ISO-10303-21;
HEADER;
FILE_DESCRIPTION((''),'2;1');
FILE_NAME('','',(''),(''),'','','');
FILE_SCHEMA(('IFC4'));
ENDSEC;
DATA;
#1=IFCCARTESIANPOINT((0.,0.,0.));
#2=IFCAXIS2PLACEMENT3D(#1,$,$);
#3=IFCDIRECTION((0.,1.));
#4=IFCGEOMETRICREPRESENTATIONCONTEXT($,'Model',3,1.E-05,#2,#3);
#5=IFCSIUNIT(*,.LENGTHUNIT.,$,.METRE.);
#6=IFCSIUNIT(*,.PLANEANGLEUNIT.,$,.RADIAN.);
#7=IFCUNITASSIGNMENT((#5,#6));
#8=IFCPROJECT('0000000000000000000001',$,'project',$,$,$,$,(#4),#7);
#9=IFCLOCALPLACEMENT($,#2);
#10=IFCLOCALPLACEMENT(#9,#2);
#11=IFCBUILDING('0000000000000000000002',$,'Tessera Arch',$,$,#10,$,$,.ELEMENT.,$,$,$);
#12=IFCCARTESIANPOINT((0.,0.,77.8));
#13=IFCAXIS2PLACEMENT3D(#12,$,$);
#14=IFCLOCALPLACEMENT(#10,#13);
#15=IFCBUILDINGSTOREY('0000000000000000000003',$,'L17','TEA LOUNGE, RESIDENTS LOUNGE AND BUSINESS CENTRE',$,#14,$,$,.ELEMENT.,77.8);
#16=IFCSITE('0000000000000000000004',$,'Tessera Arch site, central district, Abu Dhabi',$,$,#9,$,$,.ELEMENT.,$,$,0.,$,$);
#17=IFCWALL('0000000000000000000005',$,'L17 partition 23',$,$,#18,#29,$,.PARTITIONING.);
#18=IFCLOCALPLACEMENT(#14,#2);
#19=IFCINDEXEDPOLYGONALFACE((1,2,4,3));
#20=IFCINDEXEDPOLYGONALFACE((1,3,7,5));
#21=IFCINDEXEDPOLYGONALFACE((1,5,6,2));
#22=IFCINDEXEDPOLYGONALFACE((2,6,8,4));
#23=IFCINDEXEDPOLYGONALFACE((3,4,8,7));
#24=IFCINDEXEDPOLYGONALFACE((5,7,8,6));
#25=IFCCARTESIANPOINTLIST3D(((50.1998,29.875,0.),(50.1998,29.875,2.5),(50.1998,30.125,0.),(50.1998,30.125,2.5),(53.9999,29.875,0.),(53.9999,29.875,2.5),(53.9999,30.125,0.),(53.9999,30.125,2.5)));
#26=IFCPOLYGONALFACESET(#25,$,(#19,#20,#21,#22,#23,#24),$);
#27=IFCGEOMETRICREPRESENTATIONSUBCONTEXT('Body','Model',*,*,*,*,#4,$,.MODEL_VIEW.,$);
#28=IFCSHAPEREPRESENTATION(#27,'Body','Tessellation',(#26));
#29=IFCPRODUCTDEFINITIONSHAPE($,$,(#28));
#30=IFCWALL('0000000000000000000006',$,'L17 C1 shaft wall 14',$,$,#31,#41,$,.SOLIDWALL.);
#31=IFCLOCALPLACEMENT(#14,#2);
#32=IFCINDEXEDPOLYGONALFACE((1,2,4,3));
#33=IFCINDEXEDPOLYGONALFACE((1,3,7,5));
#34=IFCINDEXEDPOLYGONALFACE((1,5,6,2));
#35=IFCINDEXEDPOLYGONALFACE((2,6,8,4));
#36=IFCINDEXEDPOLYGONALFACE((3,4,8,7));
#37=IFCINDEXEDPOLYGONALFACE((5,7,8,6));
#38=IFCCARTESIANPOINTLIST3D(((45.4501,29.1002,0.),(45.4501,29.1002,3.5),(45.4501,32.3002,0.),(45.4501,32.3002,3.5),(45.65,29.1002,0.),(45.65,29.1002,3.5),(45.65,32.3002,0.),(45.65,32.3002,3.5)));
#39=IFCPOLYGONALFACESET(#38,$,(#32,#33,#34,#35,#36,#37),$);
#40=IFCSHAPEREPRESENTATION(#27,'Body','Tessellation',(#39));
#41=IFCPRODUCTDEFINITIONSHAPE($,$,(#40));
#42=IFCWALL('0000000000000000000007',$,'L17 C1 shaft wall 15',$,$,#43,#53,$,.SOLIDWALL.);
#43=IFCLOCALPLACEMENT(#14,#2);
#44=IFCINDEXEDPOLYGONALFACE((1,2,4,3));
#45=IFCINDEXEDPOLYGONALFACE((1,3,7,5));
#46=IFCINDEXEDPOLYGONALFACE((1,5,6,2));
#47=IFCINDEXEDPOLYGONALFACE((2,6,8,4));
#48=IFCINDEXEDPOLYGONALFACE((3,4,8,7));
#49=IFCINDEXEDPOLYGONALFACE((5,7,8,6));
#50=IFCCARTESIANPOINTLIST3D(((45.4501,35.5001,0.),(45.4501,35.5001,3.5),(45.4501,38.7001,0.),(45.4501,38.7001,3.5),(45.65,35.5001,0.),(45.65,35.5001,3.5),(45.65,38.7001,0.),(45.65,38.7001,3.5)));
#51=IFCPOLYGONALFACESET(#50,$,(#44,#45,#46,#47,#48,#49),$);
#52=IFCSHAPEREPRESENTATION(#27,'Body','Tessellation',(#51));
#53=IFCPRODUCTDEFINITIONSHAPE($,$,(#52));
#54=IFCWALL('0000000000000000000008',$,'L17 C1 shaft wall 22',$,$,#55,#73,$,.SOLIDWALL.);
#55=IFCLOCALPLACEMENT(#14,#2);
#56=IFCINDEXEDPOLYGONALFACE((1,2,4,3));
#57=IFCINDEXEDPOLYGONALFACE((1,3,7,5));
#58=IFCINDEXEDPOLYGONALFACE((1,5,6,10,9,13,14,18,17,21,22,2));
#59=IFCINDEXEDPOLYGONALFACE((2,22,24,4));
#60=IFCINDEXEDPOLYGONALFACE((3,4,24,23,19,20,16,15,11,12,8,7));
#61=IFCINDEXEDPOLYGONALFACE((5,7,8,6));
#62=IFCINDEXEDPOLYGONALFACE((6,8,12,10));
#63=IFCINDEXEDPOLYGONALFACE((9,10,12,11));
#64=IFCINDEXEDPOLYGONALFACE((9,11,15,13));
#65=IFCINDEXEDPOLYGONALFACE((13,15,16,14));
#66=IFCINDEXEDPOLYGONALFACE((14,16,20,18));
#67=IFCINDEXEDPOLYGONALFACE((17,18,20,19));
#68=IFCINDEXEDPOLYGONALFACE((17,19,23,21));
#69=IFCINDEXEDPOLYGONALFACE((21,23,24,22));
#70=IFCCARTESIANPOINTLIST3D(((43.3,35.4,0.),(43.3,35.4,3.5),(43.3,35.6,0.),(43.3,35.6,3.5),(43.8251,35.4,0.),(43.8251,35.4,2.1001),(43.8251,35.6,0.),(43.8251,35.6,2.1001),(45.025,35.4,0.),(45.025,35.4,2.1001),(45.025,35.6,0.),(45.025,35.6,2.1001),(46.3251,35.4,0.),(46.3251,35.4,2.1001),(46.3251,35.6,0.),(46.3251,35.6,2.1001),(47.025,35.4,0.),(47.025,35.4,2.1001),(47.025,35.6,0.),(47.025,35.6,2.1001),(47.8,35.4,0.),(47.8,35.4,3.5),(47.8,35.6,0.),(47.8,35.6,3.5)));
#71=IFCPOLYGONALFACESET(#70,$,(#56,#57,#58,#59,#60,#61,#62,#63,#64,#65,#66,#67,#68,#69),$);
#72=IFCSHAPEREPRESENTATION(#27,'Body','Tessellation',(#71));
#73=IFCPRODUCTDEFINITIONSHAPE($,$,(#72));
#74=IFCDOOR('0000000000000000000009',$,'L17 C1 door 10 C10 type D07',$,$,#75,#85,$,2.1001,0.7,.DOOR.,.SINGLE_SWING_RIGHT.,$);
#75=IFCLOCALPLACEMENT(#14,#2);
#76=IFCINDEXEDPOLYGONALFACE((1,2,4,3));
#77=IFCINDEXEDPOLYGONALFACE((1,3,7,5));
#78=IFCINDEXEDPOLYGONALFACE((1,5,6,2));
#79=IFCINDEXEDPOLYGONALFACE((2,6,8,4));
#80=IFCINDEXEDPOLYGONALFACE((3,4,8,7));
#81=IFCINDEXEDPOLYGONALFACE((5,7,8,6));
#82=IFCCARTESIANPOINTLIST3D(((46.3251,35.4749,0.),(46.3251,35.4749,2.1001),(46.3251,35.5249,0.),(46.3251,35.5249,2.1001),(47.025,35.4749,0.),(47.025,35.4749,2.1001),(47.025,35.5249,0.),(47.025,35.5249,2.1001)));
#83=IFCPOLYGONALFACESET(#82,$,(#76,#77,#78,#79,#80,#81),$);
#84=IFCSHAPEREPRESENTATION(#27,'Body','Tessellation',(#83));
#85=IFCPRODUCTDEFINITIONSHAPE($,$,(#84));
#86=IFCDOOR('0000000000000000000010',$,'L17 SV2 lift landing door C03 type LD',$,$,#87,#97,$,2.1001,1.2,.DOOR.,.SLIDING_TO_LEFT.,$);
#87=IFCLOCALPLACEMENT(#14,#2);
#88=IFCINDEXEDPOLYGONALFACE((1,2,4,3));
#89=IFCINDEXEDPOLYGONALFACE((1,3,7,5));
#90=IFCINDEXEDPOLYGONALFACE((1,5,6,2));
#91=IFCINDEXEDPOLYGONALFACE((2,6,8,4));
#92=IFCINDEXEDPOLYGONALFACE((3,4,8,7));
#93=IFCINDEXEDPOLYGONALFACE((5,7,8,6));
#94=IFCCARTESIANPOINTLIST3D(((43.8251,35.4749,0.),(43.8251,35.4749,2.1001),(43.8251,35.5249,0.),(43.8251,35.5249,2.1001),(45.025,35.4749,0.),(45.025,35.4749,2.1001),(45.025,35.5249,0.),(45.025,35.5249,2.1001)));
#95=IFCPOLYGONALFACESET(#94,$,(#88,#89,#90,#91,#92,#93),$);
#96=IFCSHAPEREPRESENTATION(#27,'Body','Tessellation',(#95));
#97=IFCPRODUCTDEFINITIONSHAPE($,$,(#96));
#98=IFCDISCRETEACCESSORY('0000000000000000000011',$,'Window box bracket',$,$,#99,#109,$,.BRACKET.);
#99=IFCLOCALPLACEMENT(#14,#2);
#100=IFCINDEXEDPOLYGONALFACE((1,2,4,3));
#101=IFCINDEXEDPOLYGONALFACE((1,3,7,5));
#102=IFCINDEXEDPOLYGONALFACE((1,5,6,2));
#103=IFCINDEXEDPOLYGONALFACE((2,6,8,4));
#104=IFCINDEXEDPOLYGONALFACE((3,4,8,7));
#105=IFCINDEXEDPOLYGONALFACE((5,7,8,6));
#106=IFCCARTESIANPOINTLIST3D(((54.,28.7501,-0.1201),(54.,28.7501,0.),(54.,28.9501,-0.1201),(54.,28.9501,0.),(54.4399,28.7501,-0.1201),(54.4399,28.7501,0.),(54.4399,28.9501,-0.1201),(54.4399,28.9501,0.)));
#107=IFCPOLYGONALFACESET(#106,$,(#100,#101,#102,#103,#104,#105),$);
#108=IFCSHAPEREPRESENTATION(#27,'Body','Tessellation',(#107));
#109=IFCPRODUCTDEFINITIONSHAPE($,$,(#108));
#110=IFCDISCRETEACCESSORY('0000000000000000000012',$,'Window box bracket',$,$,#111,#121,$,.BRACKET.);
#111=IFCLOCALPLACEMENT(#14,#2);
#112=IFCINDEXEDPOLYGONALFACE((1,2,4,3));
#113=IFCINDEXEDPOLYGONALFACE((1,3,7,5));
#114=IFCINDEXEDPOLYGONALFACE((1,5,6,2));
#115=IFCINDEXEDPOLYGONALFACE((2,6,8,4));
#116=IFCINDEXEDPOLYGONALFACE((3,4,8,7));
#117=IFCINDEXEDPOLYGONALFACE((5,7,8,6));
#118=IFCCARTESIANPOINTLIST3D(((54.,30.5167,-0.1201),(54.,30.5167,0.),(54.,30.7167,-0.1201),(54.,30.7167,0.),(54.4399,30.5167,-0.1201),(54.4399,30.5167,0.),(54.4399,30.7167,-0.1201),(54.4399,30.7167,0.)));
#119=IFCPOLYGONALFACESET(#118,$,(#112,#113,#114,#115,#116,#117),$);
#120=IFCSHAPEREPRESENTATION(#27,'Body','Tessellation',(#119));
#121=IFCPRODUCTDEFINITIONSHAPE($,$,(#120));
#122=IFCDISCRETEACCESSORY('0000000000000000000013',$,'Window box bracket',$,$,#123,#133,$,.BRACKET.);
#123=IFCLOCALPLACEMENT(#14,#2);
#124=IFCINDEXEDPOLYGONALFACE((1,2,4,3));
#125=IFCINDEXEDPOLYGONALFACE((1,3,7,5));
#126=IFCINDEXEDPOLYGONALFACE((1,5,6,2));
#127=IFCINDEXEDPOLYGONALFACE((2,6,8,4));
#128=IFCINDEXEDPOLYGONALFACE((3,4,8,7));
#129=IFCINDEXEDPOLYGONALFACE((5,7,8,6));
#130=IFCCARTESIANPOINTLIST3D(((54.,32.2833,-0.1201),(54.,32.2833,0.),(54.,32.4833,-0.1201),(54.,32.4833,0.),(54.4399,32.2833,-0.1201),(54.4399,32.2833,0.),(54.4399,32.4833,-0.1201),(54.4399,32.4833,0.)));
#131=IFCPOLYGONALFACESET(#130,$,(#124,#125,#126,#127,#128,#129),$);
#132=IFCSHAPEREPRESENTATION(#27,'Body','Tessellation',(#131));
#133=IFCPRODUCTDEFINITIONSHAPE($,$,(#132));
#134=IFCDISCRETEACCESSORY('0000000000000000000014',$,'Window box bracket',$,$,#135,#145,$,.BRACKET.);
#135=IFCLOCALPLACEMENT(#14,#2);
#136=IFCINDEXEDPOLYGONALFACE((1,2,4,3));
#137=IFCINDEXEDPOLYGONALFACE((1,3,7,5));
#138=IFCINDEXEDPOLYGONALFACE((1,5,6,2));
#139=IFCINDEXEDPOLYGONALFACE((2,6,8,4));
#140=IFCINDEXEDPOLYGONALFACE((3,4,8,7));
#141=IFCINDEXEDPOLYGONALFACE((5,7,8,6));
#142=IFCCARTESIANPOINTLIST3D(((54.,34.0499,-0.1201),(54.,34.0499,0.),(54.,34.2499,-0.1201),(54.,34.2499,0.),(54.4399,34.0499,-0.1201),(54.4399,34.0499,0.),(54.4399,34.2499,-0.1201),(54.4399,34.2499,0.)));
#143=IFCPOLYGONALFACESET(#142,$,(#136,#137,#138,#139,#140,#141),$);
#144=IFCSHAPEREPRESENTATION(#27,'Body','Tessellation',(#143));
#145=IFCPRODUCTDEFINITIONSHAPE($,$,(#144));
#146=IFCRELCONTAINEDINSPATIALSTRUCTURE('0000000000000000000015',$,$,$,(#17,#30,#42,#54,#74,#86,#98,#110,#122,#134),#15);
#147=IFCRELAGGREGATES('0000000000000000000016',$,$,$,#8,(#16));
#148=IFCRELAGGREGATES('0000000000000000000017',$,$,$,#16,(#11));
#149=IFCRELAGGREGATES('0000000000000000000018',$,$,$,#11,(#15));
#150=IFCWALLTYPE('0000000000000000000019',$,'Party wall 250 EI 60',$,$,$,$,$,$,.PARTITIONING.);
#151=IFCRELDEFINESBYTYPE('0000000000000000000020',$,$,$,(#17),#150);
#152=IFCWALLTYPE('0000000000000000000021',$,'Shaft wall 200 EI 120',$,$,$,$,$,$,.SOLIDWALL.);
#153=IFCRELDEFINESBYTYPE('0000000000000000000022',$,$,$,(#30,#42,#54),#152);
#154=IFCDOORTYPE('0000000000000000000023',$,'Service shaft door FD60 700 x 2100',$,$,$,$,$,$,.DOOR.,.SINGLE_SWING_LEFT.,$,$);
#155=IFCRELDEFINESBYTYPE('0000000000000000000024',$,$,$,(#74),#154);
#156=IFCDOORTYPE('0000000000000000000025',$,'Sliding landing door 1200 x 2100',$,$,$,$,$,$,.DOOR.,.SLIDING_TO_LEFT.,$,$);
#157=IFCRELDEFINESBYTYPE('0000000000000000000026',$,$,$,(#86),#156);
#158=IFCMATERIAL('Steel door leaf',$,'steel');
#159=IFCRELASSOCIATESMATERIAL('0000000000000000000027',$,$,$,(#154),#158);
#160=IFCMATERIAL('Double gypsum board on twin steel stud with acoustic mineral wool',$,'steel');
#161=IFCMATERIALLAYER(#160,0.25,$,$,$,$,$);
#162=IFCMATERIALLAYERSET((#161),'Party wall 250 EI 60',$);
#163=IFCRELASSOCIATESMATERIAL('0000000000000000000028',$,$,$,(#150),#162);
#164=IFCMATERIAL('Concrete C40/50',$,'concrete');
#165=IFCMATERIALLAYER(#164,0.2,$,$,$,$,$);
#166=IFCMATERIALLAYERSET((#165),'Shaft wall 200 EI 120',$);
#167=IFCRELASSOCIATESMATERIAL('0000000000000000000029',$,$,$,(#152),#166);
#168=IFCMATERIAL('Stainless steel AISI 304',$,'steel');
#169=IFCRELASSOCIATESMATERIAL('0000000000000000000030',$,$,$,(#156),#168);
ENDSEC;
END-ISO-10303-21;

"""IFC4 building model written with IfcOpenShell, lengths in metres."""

from ifc_helpers import new_model, si_unit, direction, frame, frame_2d, origin, origin_2d, place, context, subcontext, project, spatial, rectangle, extrude, material, layer, layer_set, type_object, element, fill, save


model = new_model("IFC4")

# Units and contexts
model_context = context("Model", 3, precision=1e-05, world=origin(), true_north=direction((0.0, 1.0)))
body_context = subcontext(model_context, "Body", "Model", "MODEL_VIEW")
ifc_project = project(units=[si_unit("LENGTHUNIT", "METRE"), si_unit("PLANEANGLEUNIT", "RADIAN")], contexts=[model_context])

# Site, building, storey
site_placement = place(None, origin())
site = spatial("IfcSite", under=ifc_project, at=site_placement, Name="Tessera Arch site, central district, Abu Dhabi", CompositionType="ELEMENT", RefElevation=0.0)
building_placement = place(site_placement, origin())
building = spatial("IfcBuilding", under=site, at=building_placement, Name="Tessera Arch", CompositionType="ELEMENT")
storey_placement = place(building_placement, frame((0.0, 0.0, 77.8)))
storey = spatial("IfcBuildingStorey", under=building, at=storey_placement, Name="L17", Description="TEA LOUNGE, RESIDENTS LOUNGE AND BUSINESS CENTRE", CompositionType="ELEMENT", Elevation=77.8)

# Shared definitions
ifc_material_1 = material(Name="Steel door leaf", Category="steel")
door_type_1 = type_object("IfcDoorType", Name="Service shaft door FD60 700 x 2100", OperationType="SINGLE_SWING_LEFT", PredefinedType="DOOR", material=ifc_material_1)

# Walls
ifc_material_2 = material(Name="Double gypsum board on twin steel stud with acoustic mineral wool", Category="steel")
ifc_layer_1 = layer(ifc_material_2, 0.25)
ifc_layer_set_1 = layer_set([ifc_layer_1], Name="Party wall 250 EI 60")
wall_type_1 = type_object("IfcWallType", Name="Party wall 250 EI 60", PredefinedType="PARTITIONING", material=ifc_layer_set_1)
wall_1_placement = place(storey_placement, frame((50.2, 30.0, 0.0), z_axis=(0.0, 0.0, 1.0), x_axis=(1.0, 0.0, 0.0)))
element("IfcWall", 1, at=wall_1_placement, inside=storey, type_object=wall_type_1, Name="L17 partition 23", PredefinedType="PARTITIONING", context=body_context, shape_type="SweptSolid", body=[
    extrude(rectangle(XDim=3.8, YDim=0.25, at=frame_2d((1.8999, 0.0))), origin(), (0.0, 0.0, 1.0), 2.5),
])
ifc_material_3 = material(Name="Concrete C40/50", Category="concrete")
ifc_layer_2 = layer(ifc_material_3, 0.2)
ifc_layer_set_2 = layer_set([ifc_layer_2], Name="Shaft wall 200 EI 120")
wall_type_2 = type_object("IfcWallType", Name="Shaft wall 200 EI 120", PredefinedType="SOLIDWALL", material=ifc_layer_set_2)
for number, where, z_axis, x_axis, name in (
    (2, (45.55, 29.1001, 0.0), (0.0, 0.0, 1.0), (0.0, 1.0, 0.0), "L17 C1 shaft wall 14"),
    (3, (45.55, 35.5, 0.0), (0.0, 0.0, 1.0), (0.0, 1.0, 0.0), "L17 C1 shaft wall 15"),
):
    element("IfcWall", number, at=place(storey_placement, frame(where, z_axis=z_axis, x_axis=x_axis)), inside=storey, type_object=wall_type_2, Name=name, PredefinedType="SOLIDWALL", context=body_context, shape_type="SweptSolid", body=[
        extrude(rectangle(XDim=3.2, YDim=0.2, at=frame_2d((1.6001, 0.0))), origin(), (0.0, 0.0, 1.0), 3.5),
    ])

# Wall, openings, doors
wall_2_placement = place(storey_placement, frame((43.3, 35.5, 0.0), z_axis=(0.0, 0.0, 1.0), x_axis=(1.0, 0.0, 0.0)))
wall_2 = element("IfcWall", 4, at=wall_2_placement, inside=storey, type_object=wall_type_2, Name="L17 C1 shaft wall 22", PredefinedType="SOLIDWALL", context=body_context, shape_type="SweptSolid", body=[
    extrude(rectangle(XDim=4.5, YDim=0.2, at=frame_2d((2.25, 0.0))), origin(), (0.0, 0.0, 1.0), 3.5),
])
opening_1_placement = place(wall_2_placement, frame((0.5249, 0.0, 0.0)))
opening_1 = element("IfcOpeningElement", 5, at=opening_1_placement, cuts=wall_2, PredefinedType="OPENING", context=body_context, shape_type="SweptSolid", body=[
    extrude(rectangle(XDim=1.2, YDim=2.1001, at=frame_2d((0.6001, 1.05))), frame((0.0, 0.1099, 0.0), z_axis=(0.0, -1.0, 0.0), x_axis=(1.0, 0.0, 0.0)), (0.0, 0.0, 1.0), 0.22),
])
opening_2_placement = place(wall_2_placement, frame((3.0249, 0.0, 0.0)))
opening_2 = element("IfcOpeningElement", 6, at=opening_2_placement, cuts=wall_2, PredefinedType="OPENING", context=body_context, shape_type="SweptSolid", body=[
    extrude(rectangle(XDim=0.7, YDim=2.1001, at=frame_2d((0.3501, 1.05))), frame((0.0, 0.1099, 0.0), z_axis=(0.0, -1.0, 0.0), x_axis=(1.0, 0.0, 0.0)), (0.0, 0.0, 1.0), 0.22),
])
door_1_placement = place(opening_2_placement, origin())
door_1 = element("IfcDoor", 7, at=door_1_placement, inside=storey, type_object=door_type_1, Name="L17 C1 door 10 C10 type D07", OperationType="SINGLE_SWING_RIGHT", OverallHeight=2.1001, OverallWidth=0.7, PredefinedType="DOOR", context=body_context, shape_type="SweptSolid", body=[
    extrude(rectangle(XDim=0.7, YDim=2.1001, at=frame_2d((0.3501, 1.05))), frame((0.0, 0.0249, 0.0), z_axis=(0.0, -1.0, 0.0), x_axis=(1.0, 0.0, 0.0)), (0.0, 0.0, 1.0), 0.05),
])
fill(opening_2, door_1)
ifc_material_4 = material(Name="Stainless steel AISI 304", Category="steel")
door_type_2 = type_object("IfcDoorType", Name="Sliding landing door 1200 x 2100", OperationType="SLIDING_TO_LEFT", PredefinedType="DOOR", material=ifc_material_4)
door_2_placement = place(opening_1_placement, origin())
door_2 = element("IfcDoor", 8, at=door_2_placement, inside=storey, type_object=door_type_2, Name="L17 SV2 lift landing door C03 type LD", OperationType="SLIDING_TO_LEFT", OverallHeight=2.1001, OverallWidth=1.2, PredefinedType="DOOR", context=body_context, shape_type="SweptSolid", body=[
    extrude(rectangle(XDim=1.2, YDim=2.1001, at=frame_2d((0.6001, 1.05))), frame((0.0, 0.0249, 0.0), z_axis=(0.0, -1.0, 0.0), x_axis=(1.0, 0.0, 0.0)), (0.0, 0.0, 1.0), 0.05),
])
fill(opening_1, door_2)

# Discrete accessories
for number, where, z_axis, x_axis, name in (
    (9, (54.22, 28.8501, -0.1201), (0.0, 0.0, 1.0), (1.0, 0.0, 0.0), "Window box bracket"),
    (10, (54.22, 30.6167, -0.1201), (0.0, 0.0, 1.0), (1.0, 0.0, 0.0), "Window box bracket"),
    (11, (54.22, 32.3833, -0.1201), (0.0, 0.0, 1.0), (1.0, 0.0, 0.0), "Window box bracket"),
    (12, (54.22, 34.1499, -0.1201), (0.0, 0.0, 1.0), (1.0, 0.0, 0.0), "Window box bracket"),
):
    element("IfcDiscreteAccessory", number, at=place(storey_placement, frame(where, z_axis=z_axis, x_axis=x_axis)), inside=storey, Name=name, PredefinedType="BRACKET", context=body_context, shape_type="SweptSolid", body=[
        extrude(rectangle(XDim=0.4399, YDim=0.2, at=origin_2d()), origin(), (0.0, 0.0, 1.0), 0.1201),
    ])

save(model, "model.ifc")
